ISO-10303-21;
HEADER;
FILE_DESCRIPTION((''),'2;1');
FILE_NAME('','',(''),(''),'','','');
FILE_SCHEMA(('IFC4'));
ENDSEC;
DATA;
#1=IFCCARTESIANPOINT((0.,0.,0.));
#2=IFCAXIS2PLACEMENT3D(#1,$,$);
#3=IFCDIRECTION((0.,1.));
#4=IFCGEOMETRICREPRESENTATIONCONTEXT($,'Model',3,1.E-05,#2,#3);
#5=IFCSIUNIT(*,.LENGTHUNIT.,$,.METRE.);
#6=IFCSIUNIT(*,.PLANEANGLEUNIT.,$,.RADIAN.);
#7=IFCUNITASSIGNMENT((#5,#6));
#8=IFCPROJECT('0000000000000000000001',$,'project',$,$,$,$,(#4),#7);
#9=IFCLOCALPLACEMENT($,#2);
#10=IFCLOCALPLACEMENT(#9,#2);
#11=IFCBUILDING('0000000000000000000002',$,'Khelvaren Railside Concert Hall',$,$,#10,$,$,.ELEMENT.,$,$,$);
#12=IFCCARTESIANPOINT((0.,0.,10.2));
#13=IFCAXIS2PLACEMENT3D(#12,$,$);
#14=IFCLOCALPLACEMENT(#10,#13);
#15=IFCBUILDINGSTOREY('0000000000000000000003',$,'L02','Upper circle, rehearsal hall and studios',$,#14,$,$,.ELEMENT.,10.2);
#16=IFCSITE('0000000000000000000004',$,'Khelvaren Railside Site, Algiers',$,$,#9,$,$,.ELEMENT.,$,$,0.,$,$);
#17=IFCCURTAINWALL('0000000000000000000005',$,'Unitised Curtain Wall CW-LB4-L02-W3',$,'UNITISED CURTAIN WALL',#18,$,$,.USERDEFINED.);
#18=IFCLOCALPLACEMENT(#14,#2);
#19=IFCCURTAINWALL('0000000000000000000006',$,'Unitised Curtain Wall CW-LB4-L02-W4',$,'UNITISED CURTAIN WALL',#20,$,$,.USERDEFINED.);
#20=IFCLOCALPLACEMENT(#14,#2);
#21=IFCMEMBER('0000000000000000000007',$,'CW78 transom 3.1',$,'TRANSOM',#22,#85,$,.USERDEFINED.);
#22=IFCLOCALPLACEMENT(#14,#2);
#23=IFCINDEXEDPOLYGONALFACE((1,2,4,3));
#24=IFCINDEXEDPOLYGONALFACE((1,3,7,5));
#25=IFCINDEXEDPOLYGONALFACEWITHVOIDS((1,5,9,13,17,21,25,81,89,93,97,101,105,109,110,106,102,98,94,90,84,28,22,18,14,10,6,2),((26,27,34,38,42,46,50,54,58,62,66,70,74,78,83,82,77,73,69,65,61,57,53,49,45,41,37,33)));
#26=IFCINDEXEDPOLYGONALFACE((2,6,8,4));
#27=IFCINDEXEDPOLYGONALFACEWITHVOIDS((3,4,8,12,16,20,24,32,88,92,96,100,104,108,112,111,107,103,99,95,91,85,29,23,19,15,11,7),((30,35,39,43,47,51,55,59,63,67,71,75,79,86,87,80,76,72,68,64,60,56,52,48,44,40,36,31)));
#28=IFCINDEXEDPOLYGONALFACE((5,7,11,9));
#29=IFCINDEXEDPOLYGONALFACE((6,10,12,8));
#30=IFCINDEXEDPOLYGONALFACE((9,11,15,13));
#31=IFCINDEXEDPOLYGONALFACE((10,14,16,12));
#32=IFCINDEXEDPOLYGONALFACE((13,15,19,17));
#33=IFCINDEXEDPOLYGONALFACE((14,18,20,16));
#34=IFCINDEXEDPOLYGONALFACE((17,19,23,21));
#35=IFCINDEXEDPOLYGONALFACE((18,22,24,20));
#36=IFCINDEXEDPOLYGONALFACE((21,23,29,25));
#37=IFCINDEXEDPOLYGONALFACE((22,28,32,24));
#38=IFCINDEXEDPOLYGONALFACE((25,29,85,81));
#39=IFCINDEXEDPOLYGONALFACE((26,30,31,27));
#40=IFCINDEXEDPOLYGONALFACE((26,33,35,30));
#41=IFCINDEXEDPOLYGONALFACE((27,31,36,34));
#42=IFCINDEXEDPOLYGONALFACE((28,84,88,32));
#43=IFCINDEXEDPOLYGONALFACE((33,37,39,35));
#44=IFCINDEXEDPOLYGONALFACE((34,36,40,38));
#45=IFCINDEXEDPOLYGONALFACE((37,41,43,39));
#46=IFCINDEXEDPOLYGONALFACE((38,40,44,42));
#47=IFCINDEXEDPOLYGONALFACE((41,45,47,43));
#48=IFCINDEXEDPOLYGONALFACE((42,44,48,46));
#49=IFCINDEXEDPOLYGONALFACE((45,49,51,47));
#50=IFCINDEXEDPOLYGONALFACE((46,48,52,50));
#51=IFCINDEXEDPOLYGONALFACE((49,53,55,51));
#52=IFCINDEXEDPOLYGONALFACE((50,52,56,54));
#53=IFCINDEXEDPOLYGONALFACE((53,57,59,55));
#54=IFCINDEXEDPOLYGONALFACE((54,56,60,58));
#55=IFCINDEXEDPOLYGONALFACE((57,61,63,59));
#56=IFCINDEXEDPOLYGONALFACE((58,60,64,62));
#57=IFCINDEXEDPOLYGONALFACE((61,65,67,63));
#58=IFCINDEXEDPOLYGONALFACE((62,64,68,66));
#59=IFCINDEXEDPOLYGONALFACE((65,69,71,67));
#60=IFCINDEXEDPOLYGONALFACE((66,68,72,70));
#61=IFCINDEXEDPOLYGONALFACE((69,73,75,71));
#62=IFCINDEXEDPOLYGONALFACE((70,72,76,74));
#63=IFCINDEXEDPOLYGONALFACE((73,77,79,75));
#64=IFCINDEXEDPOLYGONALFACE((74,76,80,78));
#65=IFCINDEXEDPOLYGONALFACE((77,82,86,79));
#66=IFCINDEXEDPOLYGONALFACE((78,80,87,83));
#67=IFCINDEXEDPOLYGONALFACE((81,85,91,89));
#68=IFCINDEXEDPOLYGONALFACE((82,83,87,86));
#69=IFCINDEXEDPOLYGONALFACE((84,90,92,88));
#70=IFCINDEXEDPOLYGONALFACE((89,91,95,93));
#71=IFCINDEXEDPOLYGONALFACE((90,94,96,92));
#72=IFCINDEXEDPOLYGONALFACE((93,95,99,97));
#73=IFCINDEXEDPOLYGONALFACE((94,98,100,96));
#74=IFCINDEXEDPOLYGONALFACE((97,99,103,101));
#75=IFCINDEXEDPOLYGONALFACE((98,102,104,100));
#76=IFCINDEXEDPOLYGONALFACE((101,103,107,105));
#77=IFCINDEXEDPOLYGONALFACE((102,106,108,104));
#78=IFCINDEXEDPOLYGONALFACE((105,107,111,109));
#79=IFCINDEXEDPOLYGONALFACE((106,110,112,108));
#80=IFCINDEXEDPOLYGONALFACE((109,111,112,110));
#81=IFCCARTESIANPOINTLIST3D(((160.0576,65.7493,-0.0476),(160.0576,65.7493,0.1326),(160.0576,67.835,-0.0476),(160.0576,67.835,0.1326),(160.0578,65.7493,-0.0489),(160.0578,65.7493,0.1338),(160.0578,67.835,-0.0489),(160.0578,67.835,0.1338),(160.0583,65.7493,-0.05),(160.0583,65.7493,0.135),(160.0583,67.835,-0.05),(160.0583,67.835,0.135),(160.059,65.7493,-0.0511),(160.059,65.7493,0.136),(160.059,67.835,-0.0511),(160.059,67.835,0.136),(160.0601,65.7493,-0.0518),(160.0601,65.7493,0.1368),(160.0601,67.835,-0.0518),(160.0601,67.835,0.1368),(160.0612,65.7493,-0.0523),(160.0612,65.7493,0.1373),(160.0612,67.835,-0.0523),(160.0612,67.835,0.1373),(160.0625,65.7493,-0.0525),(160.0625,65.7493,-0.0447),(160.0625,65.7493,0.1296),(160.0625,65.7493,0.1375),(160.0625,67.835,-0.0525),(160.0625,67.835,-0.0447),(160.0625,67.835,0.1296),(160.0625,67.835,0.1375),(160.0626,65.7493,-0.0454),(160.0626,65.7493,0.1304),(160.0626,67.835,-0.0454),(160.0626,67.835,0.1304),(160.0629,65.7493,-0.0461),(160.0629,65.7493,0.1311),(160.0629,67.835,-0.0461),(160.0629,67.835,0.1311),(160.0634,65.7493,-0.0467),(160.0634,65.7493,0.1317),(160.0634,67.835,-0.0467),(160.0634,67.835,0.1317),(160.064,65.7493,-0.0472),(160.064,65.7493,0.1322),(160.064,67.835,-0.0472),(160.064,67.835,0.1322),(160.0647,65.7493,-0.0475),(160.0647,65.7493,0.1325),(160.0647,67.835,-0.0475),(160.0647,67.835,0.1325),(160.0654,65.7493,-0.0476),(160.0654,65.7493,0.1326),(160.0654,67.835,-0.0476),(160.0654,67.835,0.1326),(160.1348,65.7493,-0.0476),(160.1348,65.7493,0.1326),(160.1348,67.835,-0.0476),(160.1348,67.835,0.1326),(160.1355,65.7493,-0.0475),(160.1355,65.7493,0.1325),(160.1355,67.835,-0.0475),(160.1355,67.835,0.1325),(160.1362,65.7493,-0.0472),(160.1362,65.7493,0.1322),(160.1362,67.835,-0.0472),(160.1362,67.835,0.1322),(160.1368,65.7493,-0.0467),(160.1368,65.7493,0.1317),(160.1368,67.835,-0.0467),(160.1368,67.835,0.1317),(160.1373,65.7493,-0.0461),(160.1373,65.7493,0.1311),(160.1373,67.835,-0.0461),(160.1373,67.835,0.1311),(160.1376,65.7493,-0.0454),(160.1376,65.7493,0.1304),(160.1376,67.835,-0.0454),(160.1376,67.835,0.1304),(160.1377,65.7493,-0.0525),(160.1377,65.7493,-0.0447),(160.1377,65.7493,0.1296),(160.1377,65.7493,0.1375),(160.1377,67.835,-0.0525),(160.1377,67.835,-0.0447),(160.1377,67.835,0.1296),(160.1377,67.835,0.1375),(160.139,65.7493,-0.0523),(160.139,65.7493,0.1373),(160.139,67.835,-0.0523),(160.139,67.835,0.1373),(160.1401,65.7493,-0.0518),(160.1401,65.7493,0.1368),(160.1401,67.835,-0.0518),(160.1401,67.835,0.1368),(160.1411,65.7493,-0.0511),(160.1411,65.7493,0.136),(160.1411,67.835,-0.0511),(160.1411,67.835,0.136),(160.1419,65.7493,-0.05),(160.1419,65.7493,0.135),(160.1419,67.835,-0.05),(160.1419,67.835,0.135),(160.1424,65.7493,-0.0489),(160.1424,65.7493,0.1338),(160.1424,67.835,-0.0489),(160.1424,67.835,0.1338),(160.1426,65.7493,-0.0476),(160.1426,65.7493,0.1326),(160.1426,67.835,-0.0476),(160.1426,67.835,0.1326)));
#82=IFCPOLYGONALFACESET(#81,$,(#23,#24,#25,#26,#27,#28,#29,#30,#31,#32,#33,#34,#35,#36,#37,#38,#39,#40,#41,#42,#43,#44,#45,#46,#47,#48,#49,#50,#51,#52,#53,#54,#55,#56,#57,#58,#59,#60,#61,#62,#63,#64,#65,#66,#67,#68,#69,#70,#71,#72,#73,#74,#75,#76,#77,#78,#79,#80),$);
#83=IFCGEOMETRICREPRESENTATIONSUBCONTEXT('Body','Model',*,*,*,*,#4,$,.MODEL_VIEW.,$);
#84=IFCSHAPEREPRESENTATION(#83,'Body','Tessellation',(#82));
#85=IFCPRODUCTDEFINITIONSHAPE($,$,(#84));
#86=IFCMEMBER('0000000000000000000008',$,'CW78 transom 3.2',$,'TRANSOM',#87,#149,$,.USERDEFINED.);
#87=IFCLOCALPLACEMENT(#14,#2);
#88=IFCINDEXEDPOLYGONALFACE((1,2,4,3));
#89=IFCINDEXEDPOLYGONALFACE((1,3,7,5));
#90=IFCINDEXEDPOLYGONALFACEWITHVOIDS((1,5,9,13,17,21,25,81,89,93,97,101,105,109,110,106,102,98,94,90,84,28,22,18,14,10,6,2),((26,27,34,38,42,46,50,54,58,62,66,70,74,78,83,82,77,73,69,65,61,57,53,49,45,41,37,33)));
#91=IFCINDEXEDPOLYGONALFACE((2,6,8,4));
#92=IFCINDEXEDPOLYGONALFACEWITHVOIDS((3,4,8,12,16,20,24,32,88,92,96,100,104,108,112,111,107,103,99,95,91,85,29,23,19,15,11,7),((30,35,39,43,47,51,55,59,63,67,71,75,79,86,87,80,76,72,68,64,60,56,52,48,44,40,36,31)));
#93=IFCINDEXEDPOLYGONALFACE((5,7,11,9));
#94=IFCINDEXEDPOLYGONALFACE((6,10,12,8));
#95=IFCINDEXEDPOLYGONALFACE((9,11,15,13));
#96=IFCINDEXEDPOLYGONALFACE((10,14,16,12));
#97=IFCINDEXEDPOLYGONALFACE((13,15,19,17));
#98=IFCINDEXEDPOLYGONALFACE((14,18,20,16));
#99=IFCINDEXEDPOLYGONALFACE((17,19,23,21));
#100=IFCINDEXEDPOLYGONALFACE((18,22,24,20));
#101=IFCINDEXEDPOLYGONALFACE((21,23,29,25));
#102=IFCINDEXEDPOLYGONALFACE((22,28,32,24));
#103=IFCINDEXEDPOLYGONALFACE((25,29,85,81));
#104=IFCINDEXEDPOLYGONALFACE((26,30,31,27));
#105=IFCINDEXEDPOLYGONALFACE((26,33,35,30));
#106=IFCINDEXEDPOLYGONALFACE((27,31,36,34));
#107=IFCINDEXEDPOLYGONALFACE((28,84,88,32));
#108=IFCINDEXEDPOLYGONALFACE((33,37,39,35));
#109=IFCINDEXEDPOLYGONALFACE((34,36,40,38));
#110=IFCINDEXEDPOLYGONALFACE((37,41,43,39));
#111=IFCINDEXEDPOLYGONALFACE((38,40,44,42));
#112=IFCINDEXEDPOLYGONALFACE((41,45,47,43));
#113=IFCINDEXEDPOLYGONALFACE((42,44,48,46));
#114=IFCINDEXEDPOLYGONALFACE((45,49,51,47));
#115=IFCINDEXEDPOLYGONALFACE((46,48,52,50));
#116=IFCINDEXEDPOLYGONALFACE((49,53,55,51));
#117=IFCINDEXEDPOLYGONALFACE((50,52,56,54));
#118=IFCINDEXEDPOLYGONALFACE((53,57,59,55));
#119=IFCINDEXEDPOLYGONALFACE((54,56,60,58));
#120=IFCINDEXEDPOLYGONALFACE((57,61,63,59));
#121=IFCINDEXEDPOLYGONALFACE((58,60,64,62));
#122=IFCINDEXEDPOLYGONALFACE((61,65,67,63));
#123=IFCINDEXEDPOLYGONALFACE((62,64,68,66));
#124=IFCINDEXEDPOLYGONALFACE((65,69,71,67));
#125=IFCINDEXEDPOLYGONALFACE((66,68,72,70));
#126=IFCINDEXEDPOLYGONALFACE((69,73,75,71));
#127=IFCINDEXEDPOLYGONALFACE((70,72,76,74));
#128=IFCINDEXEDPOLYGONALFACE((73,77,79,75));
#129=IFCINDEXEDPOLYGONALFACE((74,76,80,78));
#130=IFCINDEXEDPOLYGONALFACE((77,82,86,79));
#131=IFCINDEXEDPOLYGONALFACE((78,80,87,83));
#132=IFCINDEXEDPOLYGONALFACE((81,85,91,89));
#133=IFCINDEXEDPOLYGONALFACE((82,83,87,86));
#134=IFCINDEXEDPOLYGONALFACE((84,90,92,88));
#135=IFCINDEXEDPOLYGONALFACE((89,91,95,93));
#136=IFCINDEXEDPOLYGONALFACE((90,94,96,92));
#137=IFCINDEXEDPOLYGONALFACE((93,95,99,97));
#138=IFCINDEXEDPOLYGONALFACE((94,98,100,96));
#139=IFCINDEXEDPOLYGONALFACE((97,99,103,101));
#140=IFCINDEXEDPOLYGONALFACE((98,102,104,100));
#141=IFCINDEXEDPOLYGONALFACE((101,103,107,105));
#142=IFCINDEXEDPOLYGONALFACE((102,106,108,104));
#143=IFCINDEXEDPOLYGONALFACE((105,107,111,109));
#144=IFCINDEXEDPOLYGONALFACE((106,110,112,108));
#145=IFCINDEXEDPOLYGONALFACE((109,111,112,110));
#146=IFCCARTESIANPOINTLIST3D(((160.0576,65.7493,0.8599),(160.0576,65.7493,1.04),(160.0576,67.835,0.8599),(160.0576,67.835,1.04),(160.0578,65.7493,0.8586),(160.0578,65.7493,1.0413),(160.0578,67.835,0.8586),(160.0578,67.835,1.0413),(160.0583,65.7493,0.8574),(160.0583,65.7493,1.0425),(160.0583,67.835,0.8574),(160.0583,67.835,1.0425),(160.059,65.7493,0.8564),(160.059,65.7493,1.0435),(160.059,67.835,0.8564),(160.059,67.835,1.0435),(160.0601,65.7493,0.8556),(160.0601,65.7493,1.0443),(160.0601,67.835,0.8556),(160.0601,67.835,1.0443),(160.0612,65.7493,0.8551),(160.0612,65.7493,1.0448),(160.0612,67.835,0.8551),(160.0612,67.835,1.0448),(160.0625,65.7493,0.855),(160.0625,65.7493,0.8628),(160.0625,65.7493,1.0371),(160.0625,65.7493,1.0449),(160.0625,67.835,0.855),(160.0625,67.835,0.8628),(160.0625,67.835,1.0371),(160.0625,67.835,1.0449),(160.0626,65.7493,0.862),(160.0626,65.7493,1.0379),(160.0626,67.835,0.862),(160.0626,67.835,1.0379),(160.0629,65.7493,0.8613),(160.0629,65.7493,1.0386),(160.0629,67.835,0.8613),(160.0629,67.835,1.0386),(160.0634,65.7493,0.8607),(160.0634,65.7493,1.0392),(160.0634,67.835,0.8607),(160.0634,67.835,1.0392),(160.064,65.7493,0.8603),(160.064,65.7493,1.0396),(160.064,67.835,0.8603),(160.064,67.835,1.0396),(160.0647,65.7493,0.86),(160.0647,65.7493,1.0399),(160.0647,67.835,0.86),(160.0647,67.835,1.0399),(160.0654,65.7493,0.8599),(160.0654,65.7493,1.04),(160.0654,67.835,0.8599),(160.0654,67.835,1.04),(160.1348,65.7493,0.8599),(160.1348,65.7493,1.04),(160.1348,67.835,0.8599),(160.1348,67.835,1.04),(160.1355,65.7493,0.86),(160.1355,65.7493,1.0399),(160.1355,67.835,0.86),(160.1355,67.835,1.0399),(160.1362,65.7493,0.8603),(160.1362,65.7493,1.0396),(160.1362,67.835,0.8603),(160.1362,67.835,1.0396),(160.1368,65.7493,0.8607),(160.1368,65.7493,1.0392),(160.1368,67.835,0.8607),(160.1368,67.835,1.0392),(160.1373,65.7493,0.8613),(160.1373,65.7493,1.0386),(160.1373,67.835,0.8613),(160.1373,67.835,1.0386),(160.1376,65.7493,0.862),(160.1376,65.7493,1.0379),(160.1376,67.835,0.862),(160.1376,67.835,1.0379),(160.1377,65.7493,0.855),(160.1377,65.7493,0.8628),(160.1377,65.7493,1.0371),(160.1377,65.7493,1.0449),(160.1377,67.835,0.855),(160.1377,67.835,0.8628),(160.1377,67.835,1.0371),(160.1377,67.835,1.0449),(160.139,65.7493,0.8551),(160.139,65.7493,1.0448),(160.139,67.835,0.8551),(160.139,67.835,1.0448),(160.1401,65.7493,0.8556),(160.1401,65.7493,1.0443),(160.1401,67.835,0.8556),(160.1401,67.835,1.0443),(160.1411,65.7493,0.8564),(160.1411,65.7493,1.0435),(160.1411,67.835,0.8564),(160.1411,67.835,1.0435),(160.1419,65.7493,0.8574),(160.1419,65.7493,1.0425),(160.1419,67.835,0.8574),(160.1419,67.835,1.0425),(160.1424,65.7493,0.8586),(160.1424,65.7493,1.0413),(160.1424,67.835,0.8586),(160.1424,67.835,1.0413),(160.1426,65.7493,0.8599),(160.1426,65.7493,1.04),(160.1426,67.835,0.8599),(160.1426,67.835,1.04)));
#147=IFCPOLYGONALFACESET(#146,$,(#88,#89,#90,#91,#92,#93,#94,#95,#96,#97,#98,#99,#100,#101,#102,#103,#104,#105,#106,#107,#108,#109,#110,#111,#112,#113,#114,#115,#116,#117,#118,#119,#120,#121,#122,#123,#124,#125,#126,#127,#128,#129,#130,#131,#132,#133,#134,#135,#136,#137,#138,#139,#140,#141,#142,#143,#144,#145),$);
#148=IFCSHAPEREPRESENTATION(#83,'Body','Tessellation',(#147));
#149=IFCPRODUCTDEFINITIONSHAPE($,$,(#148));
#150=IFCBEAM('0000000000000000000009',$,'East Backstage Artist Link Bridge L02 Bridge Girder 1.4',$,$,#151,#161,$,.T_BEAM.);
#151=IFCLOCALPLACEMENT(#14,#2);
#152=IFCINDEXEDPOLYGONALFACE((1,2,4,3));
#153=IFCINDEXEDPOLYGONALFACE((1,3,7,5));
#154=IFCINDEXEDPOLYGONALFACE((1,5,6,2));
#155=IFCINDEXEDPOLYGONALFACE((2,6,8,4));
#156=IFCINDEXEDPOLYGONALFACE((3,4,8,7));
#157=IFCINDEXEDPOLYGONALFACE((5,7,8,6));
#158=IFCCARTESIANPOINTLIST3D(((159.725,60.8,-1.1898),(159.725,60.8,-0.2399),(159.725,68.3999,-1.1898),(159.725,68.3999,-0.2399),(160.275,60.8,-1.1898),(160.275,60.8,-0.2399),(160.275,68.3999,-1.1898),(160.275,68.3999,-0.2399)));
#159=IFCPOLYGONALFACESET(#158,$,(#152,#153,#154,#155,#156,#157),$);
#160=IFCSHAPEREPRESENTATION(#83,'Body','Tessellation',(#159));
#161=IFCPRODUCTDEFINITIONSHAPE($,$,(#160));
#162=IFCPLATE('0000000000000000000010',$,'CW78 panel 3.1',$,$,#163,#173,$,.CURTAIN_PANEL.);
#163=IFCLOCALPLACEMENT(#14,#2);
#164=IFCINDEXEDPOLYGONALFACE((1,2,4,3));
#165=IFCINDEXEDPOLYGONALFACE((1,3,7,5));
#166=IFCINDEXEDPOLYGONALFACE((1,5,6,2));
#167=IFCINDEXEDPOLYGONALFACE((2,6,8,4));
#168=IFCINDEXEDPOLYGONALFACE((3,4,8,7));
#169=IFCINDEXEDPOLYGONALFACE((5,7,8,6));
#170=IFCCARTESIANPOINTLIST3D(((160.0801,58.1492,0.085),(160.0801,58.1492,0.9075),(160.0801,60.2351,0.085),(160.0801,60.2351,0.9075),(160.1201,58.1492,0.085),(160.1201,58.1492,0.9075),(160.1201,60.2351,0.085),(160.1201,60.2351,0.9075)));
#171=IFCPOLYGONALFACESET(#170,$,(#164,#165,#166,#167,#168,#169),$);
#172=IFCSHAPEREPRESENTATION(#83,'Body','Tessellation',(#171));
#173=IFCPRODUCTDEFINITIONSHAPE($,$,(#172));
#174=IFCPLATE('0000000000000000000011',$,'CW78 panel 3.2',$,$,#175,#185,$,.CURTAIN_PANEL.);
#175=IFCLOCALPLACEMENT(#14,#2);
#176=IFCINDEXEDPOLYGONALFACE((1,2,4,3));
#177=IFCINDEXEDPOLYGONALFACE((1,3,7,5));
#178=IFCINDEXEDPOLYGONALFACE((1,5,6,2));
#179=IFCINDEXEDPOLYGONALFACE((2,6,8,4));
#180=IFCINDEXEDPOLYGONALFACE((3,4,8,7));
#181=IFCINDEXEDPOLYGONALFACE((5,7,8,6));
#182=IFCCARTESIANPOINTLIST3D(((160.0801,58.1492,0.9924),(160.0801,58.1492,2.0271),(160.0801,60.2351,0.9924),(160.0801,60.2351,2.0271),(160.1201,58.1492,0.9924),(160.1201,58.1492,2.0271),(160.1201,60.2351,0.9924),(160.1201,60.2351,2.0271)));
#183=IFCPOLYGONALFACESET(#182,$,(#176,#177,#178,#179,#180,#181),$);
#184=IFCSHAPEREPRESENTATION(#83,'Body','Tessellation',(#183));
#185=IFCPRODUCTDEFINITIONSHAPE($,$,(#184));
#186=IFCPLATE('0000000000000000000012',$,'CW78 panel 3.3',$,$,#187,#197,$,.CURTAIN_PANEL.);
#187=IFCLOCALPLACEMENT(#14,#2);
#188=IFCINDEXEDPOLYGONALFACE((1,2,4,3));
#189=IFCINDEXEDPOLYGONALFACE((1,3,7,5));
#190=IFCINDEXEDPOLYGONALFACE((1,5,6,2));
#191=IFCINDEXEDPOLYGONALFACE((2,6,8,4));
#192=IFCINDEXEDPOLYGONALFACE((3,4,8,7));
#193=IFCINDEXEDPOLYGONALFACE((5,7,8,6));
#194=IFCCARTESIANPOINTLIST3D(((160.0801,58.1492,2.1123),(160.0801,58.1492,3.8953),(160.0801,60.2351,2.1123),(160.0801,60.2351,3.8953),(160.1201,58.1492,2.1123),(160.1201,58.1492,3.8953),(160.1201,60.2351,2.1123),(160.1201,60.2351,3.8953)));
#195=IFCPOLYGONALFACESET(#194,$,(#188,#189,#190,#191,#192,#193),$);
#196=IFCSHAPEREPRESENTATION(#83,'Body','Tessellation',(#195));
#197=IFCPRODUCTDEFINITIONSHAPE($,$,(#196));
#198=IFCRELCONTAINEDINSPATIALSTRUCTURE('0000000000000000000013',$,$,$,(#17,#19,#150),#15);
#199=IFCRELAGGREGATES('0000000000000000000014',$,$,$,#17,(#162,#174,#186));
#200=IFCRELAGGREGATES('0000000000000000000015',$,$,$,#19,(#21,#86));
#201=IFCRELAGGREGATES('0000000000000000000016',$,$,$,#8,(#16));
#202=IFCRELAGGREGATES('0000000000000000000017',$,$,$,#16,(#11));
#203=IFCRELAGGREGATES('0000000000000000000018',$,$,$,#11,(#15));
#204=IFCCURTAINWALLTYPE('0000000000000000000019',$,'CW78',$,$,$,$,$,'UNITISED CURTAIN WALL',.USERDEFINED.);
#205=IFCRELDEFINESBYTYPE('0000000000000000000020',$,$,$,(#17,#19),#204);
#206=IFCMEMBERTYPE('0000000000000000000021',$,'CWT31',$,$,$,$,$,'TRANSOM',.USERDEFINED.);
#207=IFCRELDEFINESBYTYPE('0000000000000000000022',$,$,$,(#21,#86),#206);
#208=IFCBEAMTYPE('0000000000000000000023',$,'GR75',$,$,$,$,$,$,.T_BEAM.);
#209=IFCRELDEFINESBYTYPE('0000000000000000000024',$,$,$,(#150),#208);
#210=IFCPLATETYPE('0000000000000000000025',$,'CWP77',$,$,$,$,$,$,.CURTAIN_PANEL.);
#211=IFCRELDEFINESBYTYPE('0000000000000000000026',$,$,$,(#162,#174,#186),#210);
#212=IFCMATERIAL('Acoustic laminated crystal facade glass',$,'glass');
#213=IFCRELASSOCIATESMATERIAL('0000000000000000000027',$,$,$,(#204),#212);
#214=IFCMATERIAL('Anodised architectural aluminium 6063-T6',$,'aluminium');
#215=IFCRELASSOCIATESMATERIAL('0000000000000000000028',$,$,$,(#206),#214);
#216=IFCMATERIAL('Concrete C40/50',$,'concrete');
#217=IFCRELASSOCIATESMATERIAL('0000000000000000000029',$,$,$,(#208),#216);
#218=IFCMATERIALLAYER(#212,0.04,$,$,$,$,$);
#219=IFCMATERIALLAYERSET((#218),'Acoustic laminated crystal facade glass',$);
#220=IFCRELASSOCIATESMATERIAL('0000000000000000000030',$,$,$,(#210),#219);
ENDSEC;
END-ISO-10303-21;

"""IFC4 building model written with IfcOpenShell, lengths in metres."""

from ifc_helpers import new_model, si_unit, direction, frame, origin, origin_2d, place, context, subcontext, project, spatial, rectangle, hollow_rectangle, extrude, material, layer, layer_set, material_profile, profile_set, type_object, element, aggregate, save


model = new_model("IFC4")

# Units and contexts
model_context = context("Model", 3, precision=1e-05, world=origin(), true_north=direction((0.0, 1.0)))
body_context = subcontext(model_context, "Body", "Model", "MODEL_VIEW")
ifc_project = project(units=[si_unit("LENGTHUNIT", "METRE"), si_unit("PLANEANGLEUNIT", "RADIAN")], contexts=[model_context])

# Site, building, storey
site_placement = place(None, origin())
site = spatial("IfcSite", under=ifc_project, at=site_placement, Name="Khelvaren Railside Site, Algiers", CompositionType="ELEMENT", RefElevation=0.0)
building_placement = place(site_placement, origin())
building = spatial("IfcBuilding", under=site, at=building_placement, Name="Khelvaren Railside Concert Hall", CompositionType="ELEMENT")
storey_placement = place(building_placement, frame((0.0, 0.0, 10.2)))
storey = spatial("IfcBuildingStorey", under=building, at=storey_placement, Name="L02", Description="Upper circle, rehearsal hall and studios", CompositionType="ELEMENT", Elevation=10.2)

# Curtain wall
ifc_material_1 = material(Name="Acoustic laminated crystal facade glass", Category="glass")
curtain_wall_type = type_object("IfcCurtainWallType", Name="CW78", ElementType="UNITISED CURTAIN WALL", PredefinedType="USERDEFINED", material=ifc_material_1)
curtain_wall_1_placement = place(storey_placement, origin())
curtain_wall_1 = element("IfcCurtainWall", 1, at=curtain_wall_1_placement, inside=storey, type_object=curtain_wall_type, Name="Unitised Curtain Wall CW-LB4-L02-W3", ObjectType="UNITISED CURTAIN WALL", PredefinedType="USERDEFINED")
ifc_material_2 = material(Name="Anodised architectural aluminium 6063-T6", Category="aluminium")

# Curtain wall, members
curtain_wall_2_placement = place(storey_placement, origin())
curtain_wall_2 = element("IfcCurtainWall", 2, at=curtain_wall_2_placement, inside=storey, type_object=curtain_wall_type, Name="Unitised Curtain Wall CW-LB4-L02-W4", ObjectType="UNITISED CURTAIN WALL", PredefinedType="USERDEFINED")
ifc_material_profile_1 = material_profile(ifc_material_2, hollow_rectangle(XDim=0.085, YDim=0.1899, WallThickness=0.0049, InnerFilletRadius=0.0029, OuterFilletRadius=0.0049, at=origin_2d()), Name="CWT 85x190x5")
ifc_profile_set_1 = profile_set([ifc_material_profile_1], Name="Anodised architectural aluminium 6063-T6")
member_type_1 = type_object("IfcMemberType", Name="CWT31", ElementType="TRANSOM", PredefinedType="USERDEFINED", material=ifc_profile_set_1)
member_1_placement = place(storey_placement, frame((160.1001, 65.7493, 0.0425), z_axis=(0.0, 1.0, 0.0), x_axis=(-1.0, 0.0, 0.0)))
member_1 = element("IfcMember", 3, at=member_1_placement, type_object=member_type_1, Name="CW78 transom 3.1", ObjectType="TRANSOM", PredefinedType="USERDEFINED", context=body_context, shape_type="SweptSolid", body=[
    extrude(hollow_rectangle(XDim=0.085, YDim=0.1899, WallThickness=0.0049, InnerFilletRadius=0.0029, OuterFilletRadius=0.0049, at=origin_2d()), origin(), (0.0, 0.0, 1.0), 2.0857),
])
member_2_placement = place(storey_placement, frame((160.1001, 65.7493, 0.95), z_axis=(0.0, 1.0, 0.0), x_axis=(-1.0, 0.0, 0.0)))
member_2 = element("IfcMember", 4, at=member_2_placement, type_object=member_type_1, Name="CW78 transom 3.2", ObjectType="TRANSOM", PredefinedType="USERDEFINED", context=body_context, shape_type="SweptSolid", body=[
    extrude(hollow_rectangle(XDim=0.085, YDim=0.1899, WallThickness=0.0049, InnerFilletRadius=0.0029, OuterFilletRadius=0.0049, at=origin_2d()), origin(), (0.0, 0.0, 1.0), 2.0857),
])

# Beam
ifc_material_3 = material(Name="Concrete C40/50", Category="concrete")
ifc_material_profile_2 = material_profile(ifc_material_3, rectangle(XDim=0.55, YDim=0.95, at=origin_2d()), Name="RCB 550x950")
ifc_profile_set_2 = profile_set([ifc_material_profile_2], Name="Concrete C40/50")
beam_type = type_object("IfcBeamType", Name="GR75", PredefinedType="T_BEAM", material=ifc_profile_set_2)
beam_placement = place(storey_placement, frame((160.0, 60.8, -0.7148), z_axis=(0.0, 1.0, 0.0), x_axis=(-1.0, 0.0, 0.0)))
element("IfcBeam", 5, at=beam_placement, inside=storey, type_object=beam_type, Name="East Backstage Artist Link Bridge L02 Bridge Girder 1.4", PredefinedType="T_BEAM", context=body_context, shape_type="SweptSolid", body=[
    extrude(rectangle(XDim=0.55, YDim=0.95, at=origin_2d()), origin(), (0.0, 0.0, 1.0), 7.5999),
])

# Plates
ifc_layer = layer(ifc_material_1, 0.04)
ifc_layer_set = layer_set([ifc_layer], Name="Acoustic laminated crystal facade glass")
plate_type = type_object("IfcPlateType", Name="CWP77", PredefinedType="CURTAIN_PANEL", material=ifc_layer_set)
plate_1_placement = place(storey_placement, frame((160.1001, 59.1921, 0.085), z_axis=(0.0, 0.0, 1.0), x_axis=(0.0, 1.0, 0.0)))
plate_1 = element("IfcPlate", 6, at=plate_1_placement, type_object=plate_type, Name="CW78 panel 3.1", PredefinedType="CURTAIN_PANEL", context=body_context, shape_type="SweptSolid", body=[
    extrude(rectangle(XDim=2.0859, YDim=0.04, at=origin_2d()), origin(), (0.0, 0.0, 1.0), 0.8225),
])
plate_2_placement = place(storey_placement, frame((160.1001, 59.1921, 0.9924), z_axis=(0.0, 0.0, 1.0), x_axis=(0.0, 1.0, 0.0)))
plate_2 = element("IfcPlate", 7, at=plate_2_placement, type_object=plate_type, Name="CW78 panel 3.2", PredefinedType="CURTAIN_PANEL", context=body_context, shape_type="SweptSolid", body=[
    extrude(rectangle(XDim=2.0859, YDim=0.04, at=origin_2d()), origin(), (0.0, 0.0, 1.0), 1.0347),
])
plate_3_placement = place(storey_placement, frame((160.1001, 59.1921, 2.1123), z_axis=(0.0, 0.0, 1.0), x_axis=(0.0, 1.0, 0.0)))
plate_3 = element("IfcPlate", 8, at=plate_3_placement, type_object=plate_type, Name="CW78 panel 3.3", PredefinedType="CURTAIN_PANEL", context=body_context, shape_type="SweptSolid", body=[
    extrude(rectangle(XDim=2.0859, YDim=0.04, at=origin_2d()), origin(), (0.0, 0.0, 1.0), 1.783),
])
aggregate(curtain_wall_1, [plate_1, plate_2, plate_3])
aggregate(curtain_wall_2, [member_1, member_2])

save(model, "model.ifc")
